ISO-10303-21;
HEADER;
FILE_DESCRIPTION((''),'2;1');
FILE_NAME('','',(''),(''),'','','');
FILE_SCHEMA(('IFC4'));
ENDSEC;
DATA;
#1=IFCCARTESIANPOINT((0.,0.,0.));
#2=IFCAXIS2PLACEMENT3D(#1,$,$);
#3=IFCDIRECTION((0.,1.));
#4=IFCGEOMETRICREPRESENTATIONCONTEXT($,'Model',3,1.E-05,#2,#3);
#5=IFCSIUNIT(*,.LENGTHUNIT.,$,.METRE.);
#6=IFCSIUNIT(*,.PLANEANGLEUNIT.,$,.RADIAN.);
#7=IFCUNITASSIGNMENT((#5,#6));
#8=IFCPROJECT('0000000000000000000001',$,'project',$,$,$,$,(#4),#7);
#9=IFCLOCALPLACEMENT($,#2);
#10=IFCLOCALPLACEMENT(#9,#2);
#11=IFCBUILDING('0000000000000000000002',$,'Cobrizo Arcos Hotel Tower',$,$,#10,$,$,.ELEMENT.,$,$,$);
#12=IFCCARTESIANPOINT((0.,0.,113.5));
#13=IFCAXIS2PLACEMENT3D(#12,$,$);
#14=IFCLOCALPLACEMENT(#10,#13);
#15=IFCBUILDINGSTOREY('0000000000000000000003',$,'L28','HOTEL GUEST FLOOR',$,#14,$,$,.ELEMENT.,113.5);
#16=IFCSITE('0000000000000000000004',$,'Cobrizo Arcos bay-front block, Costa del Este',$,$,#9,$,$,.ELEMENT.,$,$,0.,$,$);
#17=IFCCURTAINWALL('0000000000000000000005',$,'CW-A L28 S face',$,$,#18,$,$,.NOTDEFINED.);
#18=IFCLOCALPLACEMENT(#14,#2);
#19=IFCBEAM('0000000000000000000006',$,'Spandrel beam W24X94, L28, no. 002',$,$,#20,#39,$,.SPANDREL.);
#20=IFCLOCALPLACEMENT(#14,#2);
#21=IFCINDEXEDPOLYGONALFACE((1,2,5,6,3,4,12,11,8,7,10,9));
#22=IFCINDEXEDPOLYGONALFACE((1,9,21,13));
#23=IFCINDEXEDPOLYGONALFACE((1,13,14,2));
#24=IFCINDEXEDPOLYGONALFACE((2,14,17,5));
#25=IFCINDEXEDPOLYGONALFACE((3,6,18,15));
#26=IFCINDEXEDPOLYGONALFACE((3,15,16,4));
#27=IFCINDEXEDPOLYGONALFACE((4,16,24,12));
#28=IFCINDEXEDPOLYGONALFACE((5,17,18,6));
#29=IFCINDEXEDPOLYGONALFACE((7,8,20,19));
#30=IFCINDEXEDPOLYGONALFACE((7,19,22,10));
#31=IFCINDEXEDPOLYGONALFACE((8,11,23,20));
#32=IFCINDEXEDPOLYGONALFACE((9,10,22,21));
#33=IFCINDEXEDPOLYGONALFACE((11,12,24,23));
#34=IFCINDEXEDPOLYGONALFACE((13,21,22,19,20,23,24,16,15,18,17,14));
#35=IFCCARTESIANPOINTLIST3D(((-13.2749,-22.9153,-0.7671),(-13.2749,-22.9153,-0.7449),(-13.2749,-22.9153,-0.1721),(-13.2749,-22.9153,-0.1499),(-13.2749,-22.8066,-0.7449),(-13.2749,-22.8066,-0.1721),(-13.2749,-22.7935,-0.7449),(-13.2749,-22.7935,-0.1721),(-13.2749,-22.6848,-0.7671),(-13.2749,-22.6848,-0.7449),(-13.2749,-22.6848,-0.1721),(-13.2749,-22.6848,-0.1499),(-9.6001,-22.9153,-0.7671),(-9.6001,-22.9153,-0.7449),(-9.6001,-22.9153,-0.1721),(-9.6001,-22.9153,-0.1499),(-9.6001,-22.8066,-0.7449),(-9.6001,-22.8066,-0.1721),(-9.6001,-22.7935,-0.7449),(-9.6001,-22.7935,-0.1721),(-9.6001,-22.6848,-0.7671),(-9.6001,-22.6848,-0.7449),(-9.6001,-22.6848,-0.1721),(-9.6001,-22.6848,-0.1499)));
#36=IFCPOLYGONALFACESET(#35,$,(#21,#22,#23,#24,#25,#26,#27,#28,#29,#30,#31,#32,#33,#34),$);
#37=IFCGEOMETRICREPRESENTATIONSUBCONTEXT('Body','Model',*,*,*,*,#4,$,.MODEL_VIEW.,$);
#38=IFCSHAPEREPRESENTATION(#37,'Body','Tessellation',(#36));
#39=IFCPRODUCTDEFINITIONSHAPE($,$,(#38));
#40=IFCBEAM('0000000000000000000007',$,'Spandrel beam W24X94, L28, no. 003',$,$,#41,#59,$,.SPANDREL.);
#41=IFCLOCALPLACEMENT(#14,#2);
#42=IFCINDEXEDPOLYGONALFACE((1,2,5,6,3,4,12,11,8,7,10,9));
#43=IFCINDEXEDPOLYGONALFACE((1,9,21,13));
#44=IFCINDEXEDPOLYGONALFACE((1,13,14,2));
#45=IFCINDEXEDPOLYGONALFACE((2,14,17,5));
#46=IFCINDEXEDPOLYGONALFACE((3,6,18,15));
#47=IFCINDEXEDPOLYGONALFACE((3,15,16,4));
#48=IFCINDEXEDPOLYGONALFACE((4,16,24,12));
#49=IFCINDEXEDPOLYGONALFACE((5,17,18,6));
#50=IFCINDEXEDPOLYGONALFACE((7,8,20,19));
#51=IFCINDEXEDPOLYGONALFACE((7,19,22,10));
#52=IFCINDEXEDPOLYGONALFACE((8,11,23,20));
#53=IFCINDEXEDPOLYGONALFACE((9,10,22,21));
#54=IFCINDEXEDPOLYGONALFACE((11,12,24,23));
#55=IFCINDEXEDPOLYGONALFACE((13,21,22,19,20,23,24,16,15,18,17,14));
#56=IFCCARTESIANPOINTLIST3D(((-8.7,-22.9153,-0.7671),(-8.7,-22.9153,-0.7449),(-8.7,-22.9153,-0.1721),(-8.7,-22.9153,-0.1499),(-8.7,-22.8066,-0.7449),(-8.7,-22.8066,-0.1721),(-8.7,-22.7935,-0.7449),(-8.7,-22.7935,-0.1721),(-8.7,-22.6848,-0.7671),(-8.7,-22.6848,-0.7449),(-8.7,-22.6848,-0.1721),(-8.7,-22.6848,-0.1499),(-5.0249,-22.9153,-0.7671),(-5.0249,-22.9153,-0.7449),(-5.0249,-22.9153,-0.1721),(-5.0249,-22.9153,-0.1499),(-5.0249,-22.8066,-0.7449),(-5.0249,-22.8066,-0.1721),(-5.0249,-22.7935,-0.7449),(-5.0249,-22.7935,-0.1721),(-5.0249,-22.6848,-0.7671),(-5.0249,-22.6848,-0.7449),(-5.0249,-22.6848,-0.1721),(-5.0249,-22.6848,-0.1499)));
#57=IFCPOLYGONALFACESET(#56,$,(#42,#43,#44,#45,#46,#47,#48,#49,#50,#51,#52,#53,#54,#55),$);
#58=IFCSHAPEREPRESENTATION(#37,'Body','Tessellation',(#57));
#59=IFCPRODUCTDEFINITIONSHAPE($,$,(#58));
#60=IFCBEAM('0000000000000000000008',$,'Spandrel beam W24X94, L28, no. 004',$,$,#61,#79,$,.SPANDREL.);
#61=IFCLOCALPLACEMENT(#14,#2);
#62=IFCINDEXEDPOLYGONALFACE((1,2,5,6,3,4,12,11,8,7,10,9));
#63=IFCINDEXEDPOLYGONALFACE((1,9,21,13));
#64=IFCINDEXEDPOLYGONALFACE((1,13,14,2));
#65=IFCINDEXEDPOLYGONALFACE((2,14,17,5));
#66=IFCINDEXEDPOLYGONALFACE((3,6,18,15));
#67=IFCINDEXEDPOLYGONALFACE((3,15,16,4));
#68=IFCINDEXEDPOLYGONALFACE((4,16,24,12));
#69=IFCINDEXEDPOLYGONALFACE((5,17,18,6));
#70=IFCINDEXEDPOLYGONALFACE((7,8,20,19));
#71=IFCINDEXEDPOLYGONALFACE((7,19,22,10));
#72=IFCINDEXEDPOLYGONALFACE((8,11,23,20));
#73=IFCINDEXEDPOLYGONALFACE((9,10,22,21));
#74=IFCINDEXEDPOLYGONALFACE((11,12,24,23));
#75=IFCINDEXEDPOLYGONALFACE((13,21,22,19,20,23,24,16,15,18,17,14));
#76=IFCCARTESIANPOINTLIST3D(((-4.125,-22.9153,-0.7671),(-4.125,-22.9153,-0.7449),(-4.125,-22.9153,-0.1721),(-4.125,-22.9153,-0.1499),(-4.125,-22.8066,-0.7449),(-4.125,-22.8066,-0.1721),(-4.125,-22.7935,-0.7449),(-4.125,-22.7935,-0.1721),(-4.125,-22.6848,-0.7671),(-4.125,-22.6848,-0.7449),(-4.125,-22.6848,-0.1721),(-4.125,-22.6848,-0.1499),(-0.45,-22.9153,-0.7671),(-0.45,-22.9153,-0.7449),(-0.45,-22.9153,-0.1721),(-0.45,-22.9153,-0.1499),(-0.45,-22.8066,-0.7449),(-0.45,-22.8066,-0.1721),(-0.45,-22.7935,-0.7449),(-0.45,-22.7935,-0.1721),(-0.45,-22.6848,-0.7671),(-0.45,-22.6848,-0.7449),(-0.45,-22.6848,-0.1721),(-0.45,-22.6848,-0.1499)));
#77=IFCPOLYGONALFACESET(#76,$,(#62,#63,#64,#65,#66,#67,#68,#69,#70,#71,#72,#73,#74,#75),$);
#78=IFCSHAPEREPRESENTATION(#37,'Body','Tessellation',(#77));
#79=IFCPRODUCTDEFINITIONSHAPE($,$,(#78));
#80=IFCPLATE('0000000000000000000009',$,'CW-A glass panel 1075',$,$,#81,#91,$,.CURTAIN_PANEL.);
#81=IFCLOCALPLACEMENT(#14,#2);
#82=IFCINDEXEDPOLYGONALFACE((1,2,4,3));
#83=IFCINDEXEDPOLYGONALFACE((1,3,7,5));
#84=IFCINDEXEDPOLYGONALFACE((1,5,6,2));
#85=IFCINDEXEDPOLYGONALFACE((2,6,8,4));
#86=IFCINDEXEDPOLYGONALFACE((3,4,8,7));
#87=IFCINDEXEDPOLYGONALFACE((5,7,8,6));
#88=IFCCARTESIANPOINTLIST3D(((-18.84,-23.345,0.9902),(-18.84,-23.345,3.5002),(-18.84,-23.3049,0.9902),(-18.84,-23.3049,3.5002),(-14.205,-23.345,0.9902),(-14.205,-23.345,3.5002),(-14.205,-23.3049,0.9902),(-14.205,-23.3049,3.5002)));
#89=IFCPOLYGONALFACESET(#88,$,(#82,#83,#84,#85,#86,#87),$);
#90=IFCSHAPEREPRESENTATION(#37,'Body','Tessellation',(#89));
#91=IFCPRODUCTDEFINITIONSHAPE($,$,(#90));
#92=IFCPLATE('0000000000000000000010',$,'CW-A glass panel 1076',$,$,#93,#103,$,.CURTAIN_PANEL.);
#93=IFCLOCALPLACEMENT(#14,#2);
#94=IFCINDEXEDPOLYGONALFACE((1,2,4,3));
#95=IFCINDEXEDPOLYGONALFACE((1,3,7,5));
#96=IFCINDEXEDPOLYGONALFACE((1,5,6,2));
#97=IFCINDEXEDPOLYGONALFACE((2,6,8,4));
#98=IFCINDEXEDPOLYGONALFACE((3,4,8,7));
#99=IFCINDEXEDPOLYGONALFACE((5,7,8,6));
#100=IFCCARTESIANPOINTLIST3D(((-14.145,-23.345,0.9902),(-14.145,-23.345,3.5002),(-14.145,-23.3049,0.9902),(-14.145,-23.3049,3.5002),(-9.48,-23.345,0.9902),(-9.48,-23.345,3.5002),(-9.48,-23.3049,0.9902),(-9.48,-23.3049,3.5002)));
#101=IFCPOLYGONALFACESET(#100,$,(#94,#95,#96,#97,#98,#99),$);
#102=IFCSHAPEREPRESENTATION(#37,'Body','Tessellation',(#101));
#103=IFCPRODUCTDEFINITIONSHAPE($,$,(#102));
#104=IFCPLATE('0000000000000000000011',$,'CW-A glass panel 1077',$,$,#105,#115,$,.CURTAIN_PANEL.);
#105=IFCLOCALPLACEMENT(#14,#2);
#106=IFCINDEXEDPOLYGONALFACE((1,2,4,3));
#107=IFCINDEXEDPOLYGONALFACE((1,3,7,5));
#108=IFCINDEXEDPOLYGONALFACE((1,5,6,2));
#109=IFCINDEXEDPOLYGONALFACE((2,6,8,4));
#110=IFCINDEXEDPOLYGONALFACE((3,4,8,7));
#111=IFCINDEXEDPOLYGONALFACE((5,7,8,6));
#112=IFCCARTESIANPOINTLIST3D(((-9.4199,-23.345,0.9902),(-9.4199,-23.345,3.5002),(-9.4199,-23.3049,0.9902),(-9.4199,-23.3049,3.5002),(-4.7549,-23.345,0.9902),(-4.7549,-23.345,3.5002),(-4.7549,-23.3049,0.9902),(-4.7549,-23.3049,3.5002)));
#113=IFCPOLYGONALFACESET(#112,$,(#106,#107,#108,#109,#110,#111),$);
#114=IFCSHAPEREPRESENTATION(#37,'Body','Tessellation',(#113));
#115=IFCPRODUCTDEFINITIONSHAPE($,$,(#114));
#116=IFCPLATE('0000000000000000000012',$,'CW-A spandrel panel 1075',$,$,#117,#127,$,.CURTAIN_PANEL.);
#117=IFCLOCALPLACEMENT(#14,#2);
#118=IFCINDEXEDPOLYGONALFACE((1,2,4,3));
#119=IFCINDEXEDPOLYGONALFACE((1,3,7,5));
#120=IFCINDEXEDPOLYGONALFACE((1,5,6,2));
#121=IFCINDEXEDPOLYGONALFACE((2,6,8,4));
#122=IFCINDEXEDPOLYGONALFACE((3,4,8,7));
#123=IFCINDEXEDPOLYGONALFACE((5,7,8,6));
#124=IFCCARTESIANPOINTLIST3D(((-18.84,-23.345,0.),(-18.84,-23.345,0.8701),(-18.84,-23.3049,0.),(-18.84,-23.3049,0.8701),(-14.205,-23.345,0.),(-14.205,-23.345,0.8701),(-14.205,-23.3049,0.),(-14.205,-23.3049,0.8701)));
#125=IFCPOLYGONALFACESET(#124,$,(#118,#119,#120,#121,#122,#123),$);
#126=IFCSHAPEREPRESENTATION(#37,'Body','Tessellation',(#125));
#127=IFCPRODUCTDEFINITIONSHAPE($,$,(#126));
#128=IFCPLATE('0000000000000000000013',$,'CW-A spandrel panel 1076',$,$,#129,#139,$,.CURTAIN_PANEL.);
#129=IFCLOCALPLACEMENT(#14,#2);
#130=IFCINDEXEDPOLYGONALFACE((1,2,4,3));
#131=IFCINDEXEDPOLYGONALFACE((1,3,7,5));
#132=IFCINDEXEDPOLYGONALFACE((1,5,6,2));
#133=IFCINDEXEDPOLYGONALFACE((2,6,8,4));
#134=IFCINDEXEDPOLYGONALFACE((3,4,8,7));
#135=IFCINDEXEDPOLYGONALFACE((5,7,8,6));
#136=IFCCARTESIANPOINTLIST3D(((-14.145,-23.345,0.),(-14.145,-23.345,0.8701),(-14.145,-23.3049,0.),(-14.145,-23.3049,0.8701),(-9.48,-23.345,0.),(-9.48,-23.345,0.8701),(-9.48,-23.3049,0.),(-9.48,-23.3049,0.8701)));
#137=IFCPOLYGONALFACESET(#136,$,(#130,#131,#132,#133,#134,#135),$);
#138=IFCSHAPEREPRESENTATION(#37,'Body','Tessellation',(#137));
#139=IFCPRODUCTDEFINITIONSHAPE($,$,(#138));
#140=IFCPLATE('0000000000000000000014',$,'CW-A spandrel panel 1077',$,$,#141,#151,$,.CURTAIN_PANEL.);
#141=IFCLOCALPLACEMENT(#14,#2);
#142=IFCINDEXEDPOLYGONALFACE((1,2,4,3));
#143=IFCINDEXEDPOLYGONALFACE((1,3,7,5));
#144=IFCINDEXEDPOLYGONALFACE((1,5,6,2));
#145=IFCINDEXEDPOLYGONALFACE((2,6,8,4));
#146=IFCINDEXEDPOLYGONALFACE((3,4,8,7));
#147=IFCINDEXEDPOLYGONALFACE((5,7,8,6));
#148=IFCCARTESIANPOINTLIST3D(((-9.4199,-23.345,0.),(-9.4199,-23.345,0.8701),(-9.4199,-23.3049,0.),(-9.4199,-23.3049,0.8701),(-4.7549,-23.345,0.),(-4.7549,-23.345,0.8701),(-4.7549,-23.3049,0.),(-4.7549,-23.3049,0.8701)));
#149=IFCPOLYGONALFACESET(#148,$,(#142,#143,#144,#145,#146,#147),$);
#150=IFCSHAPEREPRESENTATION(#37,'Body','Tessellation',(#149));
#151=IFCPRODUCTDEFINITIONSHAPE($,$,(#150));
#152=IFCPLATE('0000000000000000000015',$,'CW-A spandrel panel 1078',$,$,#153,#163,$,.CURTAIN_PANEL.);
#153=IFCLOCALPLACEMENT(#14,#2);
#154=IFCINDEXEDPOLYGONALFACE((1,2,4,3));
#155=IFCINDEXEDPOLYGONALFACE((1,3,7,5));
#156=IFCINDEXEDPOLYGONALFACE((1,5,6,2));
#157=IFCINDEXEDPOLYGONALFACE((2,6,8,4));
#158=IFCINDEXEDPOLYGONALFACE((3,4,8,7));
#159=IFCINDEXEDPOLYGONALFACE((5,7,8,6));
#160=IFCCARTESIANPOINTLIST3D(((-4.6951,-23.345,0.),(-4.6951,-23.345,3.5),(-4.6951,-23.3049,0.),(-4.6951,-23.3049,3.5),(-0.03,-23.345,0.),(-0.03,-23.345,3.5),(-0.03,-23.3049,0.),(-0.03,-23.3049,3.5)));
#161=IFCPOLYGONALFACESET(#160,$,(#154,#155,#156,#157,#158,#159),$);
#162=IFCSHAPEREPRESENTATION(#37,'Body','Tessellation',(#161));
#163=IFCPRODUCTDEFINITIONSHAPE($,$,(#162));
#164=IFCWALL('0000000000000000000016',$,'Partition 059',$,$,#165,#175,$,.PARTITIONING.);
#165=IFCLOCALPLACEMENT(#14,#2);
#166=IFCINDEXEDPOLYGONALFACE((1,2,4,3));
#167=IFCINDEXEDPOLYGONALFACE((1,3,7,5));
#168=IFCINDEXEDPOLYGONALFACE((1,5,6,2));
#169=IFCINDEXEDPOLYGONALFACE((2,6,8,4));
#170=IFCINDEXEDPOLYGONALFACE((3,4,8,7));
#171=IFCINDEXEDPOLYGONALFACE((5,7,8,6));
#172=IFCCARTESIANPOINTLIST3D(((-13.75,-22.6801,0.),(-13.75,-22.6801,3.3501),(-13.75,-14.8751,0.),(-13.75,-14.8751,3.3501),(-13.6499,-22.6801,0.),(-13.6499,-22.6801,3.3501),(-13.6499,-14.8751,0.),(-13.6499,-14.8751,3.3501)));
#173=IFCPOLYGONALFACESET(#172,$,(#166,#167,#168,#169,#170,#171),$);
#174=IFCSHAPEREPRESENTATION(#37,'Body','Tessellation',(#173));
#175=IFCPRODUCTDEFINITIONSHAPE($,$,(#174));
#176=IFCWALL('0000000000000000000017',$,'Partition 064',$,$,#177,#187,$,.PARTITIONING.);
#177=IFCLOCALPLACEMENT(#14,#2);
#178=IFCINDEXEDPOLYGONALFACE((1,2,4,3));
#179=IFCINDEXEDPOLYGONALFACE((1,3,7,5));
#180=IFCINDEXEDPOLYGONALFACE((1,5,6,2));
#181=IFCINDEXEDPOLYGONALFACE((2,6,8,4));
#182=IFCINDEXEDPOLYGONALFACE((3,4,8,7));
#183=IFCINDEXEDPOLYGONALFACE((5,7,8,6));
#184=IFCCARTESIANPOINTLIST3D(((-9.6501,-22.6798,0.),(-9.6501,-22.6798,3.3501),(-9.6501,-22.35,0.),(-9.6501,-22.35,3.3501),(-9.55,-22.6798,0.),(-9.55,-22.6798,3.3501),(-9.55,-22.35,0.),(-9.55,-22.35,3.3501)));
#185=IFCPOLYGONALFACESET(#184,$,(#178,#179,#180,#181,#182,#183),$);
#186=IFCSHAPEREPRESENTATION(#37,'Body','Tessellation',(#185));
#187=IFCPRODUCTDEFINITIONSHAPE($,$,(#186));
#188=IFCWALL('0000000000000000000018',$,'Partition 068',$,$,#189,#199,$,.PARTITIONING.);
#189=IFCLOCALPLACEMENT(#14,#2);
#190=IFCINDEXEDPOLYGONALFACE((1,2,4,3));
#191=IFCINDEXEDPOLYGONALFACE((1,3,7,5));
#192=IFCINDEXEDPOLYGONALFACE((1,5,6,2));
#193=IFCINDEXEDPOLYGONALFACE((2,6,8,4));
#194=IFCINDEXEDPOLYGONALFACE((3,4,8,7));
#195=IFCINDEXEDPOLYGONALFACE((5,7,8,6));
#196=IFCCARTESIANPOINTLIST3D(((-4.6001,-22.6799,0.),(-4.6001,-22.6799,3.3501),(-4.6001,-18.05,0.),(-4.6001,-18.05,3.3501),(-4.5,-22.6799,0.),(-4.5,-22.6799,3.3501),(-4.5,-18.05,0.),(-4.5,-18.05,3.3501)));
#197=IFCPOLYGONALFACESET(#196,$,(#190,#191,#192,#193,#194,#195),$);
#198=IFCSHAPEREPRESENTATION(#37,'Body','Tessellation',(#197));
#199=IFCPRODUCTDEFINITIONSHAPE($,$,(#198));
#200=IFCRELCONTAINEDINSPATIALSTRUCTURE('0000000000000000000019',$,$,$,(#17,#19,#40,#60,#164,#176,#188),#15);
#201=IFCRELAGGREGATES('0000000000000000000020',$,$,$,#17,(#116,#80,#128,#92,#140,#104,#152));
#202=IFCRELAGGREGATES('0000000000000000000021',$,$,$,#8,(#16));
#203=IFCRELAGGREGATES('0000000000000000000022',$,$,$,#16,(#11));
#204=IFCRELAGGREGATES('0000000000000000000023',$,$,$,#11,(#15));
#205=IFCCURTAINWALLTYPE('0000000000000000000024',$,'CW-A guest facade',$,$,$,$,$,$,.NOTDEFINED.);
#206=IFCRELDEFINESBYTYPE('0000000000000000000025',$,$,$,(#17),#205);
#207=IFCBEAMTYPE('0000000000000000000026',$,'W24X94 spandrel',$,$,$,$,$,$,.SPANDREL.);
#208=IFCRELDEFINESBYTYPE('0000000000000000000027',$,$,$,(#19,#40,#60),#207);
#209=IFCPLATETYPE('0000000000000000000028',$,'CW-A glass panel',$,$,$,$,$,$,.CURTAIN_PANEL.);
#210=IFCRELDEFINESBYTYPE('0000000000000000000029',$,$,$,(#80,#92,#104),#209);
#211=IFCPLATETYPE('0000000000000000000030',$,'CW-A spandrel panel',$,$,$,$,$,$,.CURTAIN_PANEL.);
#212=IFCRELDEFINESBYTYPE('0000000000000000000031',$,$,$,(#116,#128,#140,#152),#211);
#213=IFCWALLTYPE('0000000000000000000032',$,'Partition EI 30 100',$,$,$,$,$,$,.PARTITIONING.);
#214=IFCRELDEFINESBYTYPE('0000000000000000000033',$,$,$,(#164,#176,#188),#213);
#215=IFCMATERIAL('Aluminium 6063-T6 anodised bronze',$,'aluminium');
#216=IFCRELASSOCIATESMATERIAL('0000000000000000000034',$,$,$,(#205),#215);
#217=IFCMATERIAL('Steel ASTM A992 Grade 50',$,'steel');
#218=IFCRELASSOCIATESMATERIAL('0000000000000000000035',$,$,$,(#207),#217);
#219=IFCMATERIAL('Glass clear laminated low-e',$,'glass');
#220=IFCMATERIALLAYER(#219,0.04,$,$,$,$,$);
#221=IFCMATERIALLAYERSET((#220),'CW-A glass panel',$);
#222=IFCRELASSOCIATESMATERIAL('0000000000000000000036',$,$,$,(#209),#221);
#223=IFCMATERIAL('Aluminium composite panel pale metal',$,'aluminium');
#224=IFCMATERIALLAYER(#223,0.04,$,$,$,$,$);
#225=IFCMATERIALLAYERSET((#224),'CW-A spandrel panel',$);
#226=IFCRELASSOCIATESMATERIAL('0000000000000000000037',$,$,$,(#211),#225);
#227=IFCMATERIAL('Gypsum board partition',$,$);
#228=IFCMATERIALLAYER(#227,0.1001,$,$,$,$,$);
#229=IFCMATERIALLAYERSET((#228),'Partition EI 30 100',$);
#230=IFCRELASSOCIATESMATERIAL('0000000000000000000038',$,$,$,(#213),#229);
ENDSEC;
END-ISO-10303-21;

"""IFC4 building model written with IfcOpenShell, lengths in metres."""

from ifc_helpers import new_model, si_unit, direction, frame, frame_2d, origin, origin_2d, place, context, subcontext, project, spatial, rectangle, i_section, extrude, material, layer, layer_set, material_profile, profile_set, type_object, element, aggregate, save


model = new_model("IFC4")

# Units and contexts
model_context = context("Model", 3, precision=1e-05, world=origin(), true_north=direction((0.0, 1.0)))
body_context = subcontext(model_context, "Body", "Model", "MODEL_VIEW")
ifc_project = project(units=[si_unit("LENGTHUNIT", "METRE"), si_unit("PLANEANGLEUNIT", "RADIAN")], contexts=[model_context])

# Site, building, storey
site_placement = place(None, origin())
site = spatial("IfcSite", under=ifc_project, at=site_placement, Name="Cobrizo Arcos bay-front block, Costa del Este", CompositionType="ELEMENT", RefElevation=0.0)
building_placement = place(site_placement, origin())
building = spatial("IfcBuilding", under=site, at=building_placement, Name="Cobrizo Arcos Hotel Tower", CompositionType="ELEMENT")
storey_placement = place(building_placement, frame((0.0, 0.0, 113.5)))
storey = spatial("IfcBuildingStorey", under=building, at=storey_placement, Name="L28", Description="HOTEL GUEST FLOOR", CompositionType="ELEMENT", Elevation=113.5)

# Curtain wall
ifc_material_1 = material(Name="Aluminium 6063-T6 anodised bronze", Category="aluminium")
curtain_wall_type = type_object("IfcCurtainWallType", Name="CW-A guest facade", PredefinedType="NOTDEFINED", material=ifc_material_1)
curtain_wall_placement = place(storey_placement, origin())
curtain_wall = element("IfcCurtainWall", 1, at=curtain_wall_placement, inside=storey, type_object=curtain_wall_type, Name="CW-A L28 S face", PredefinedType="NOTDEFINED")

# Beams
ifc_material_2 = material(Name="Steel ASTM A992 Grade 50", Category="steel")
ifc_material_profile_1 = material_profile(ifc_material_2, i_section(OverallWidth=0.2305, OverallDepth=0.6172, WebThickness=0.0132, FlangeThickness=0.0222, at=origin_2d()), Name="W24X94")
ifc_profile_set_1 = profile_set([ifc_material_profile_1], Name="Steel ASTM A992 Grade 50")
beam_type_1 = type_object("IfcBeamType", Name="W24X94 spandrel", PredefinedType="SPANDREL", material=ifc_profile_set_1)
beam_1_placement = place(storey_placement, frame((-13.2749, -22.8, -0.4585), z_axis=(1.0, 0.0, 0.0), x_axis=(0.0, 1.0, 0.0)))
element("IfcBeam", 2, at=beam_1_placement, inside=storey, type_object=beam_type_1, Name="Spandrel beam W24X94, L28, no. 002", PredefinedType="SPANDREL", context=body_context, shape_type="SweptSolid", body=[
    extrude(i_section(OverallWidth=0.2305, OverallDepth=0.6172, WebThickness=0.0132, FlangeThickness=0.0222, at=origin_2d()), origin(), (0.0, 0.0, 1.0), 3.6748),
])
for number, where, z_axis, x_axis, name in (
    (3, (-8.7, -22.8, -0.4585), (1.0, 0.0, 0.0), (0.0, 1.0, 0.0), "Spandrel beam W24X94, L28, no. 003"),
    (4, (-4.125, -22.8, -0.4585), (1.0, 0.0, 0.0), (0.0, 1.0, 0.0), "Spandrel beam W24X94, L28, no. 004"),
):
    element("IfcBeam", number, at=place(storey_placement, frame(where, z_axis=z_axis, x_axis=x_axis)), inside=storey, type_object=beam_type_1, Name=name, PredefinedType="SPANDREL", context=body_context, shape_type="SweptSolid", body=[
        extrude(i_section(OverallWidth=0.2305, OverallDepth=0.6172, WebThickness=0.0132, FlangeThickness=0.0222, at=origin_2d()), origin(), (0.0, 0.0, 1.0), 3.675),
    ])

# Plates
ifc_material_3 = material(Name="Glass clear laminated low-e", Category="glass")
ifc_layer_1 = layer(ifc_material_3, 0.04)
ifc_layer_set_1 = layer_set([ifc_layer_1], Name="CW-A glass panel")
plate_type_1 = type_object("IfcPlateType", Name="CW-A glass panel", PredefinedType="CURTAIN_PANEL", material=ifc_layer_set_1)
plate_1_placement = place(storey_placement, frame((-16.5225, -23.325, 0.9902), z_axis=(0.0, 0.0, 1.0), x_axis=(1.0, 0.0, 0.0)))
plate_1 = element("IfcPlate", 5, at=plate_1_placement, type_object=plate_type_1, Name="CW-A glass panel 1075", PredefinedType="CURTAIN_PANEL", context=body_context, shape_type="SweptSolid", body=[
    extrude(rectangle(XDim=4.635, YDim=0.04, at=origin_2d()), origin(), (0.0, 0.0, 1.0), 2.51),
])
plate_2_placement = place(storey_placement, frame((-11.8125, -23.325, 0.9902), z_axis=(0.0, 0.0, 1.0), x_axis=(1.0, 0.0, 0.0)))
plate_2 = element("IfcPlate", 6, at=plate_2_placement, type_object=plate_type_1, Name="CW-A glass panel 1076", PredefinedType="CURTAIN_PANEL", context=body_context, shape_type="SweptSolid", body=[
    extrude(rectangle(XDim=4.665, YDim=0.04, at=origin_2d()), origin(), (0.0, 0.0, 1.0), 2.51),
])
plate_3_placement = place(storey_placement, frame((-7.0874, -23.325, 0.9902), z_axis=(0.0, 0.0, 1.0), x_axis=(1.0, 0.0, 0.0)))
plate_3 = element("IfcPlate", 7, at=plate_3_placement, type_object=plate_type_1, Name="CW-A glass panel 1077", PredefinedType="CURTAIN_PANEL", context=body_context, shape_type="SweptSolid", body=[
    extrude(rectangle(XDim=4.665, YDim=0.04, at=origin_2d()), origin(), (0.0, 0.0, 1.0), 2.51),
])
ifc_material_4 = material(Name="Aluminium composite panel pale metal", Category="aluminium")
ifc_layer_2 = layer(ifc_material_4, 0.04)
ifc_layer_set_2 = layer_set([ifc_layer_2], Name="CW-A spandrel panel")
plate_type_2 = type_object("IfcPlateType", Name="CW-A spandrel panel", PredefinedType="CURTAIN_PANEL", material=ifc_layer_set_2)
plate_4_placement = place(storey_placement, frame((-16.5225, -23.325, 0.0), z_axis=(0.0, 0.0, 1.0), x_axis=(1.0, 0.0, 0.0)))
plate_4 = element("IfcPlate", 8, at=plate_4_placement, type_object=plate_type_2, Name="CW-A spandrel panel 1075", PredefinedType="CURTAIN_PANEL", context=body_context, shape_type="SweptSolid", body=[
    extrude(rectangle(XDim=4.635, YDim=0.04, at=origin_2d()), origin(), (0.0, 0.0, 1.0), 0.8701),
])
plate_5_placement = place(storey_placement, frame((-11.8125, -23.325, 0.0), z_axis=(0.0, 0.0, 1.0), x_axis=(1.0, 0.0, 0.0)))
plate_5 = element("IfcPlate", 9, at=plate_5_placement, type_object=plate_type_2, Name="CW-A spandrel panel 1076", PredefinedType="CURTAIN_PANEL", context=body_context, shape_type="SweptSolid", body=[
    extrude(rectangle(XDim=4.665, YDim=0.04, at=origin_2d()), origin(), (0.0, 0.0, 1.0), 0.8701),
])
plate_6_placement = place(storey_placement, frame((-7.0874, -23.325, 0.0), z_axis=(0.0, 0.0, 1.0), x_axis=(1.0, 0.0, 0.0)))
plate_6 = element("IfcPlate", 10, at=plate_6_placement, type_object=plate_type_2, Name="CW-A spandrel panel 1077", PredefinedType="CURTAIN_PANEL", context=body_context, shape_type="SweptSolid", body=[
    extrude(rectangle(XDim=4.665, YDim=0.04, at=origin_2d()), origin(), (0.0, 0.0, 1.0), 0.8701),
])
plate_7_placement = place(storey_placement, frame((-2.3625, -23.325, 0.0), z_axis=(0.0, 0.0, 1.0), x_axis=(1.0, 0.0, 0.0)))
plate_7 = element("IfcPlate", 11, at=plate_7_placement, type_object=plate_type_2, Name="CW-A spandrel panel 1078", PredefinedType="CURTAIN_PANEL", context=body_context, shape_type="SweptSolid", body=[
    extrude(rectangle(XDim=4.665, YDim=0.04, at=origin_2d()), origin(), (0.0, 0.0, 1.0), 3.5),
])
aggregate(curtain_wall, [plate_4, plate_1, plate_5, plate_2, plate_6, plate_3, plate_7])

# Walls
ifc_material_5 = material(Name="Gypsum board partition")
ifc_layer_3 = layer(ifc_material_5, 0.1001)
ifc_layer_set_3 = layer_set([ifc_layer_3], Name="Partition EI 30 100")
wall_type = type_object("IfcWallType", Name="Partition EI 30 100", PredefinedType="PARTITIONING", material=ifc_layer_set_3)
wall_1_placement = place(storey_placement, frame((-13.7, -22.6799, 0.0), z_axis=(0.0, 0.0, 1.0), x_axis=(0.0, 1.0, 0.0)))
element("IfcWall", 12, at=wall_1_placement, inside=storey, type_object=wall_type, Name="Partition 059", PredefinedType="PARTITIONING", context=body_context, shape_type="SweptSolid", body=[
    extrude(rectangle(XDim=7.8049, YDim=0.1001, at=frame_2d((3.9023, 0.0))), origin(), (0.0, 0.0, 1.0), 3.3501),
])
wall_2_placement = place(storey_placement, frame((-9.6001, -22.6799, 0.0), z_axis=(0.0, 0.0, 1.0), x_axis=(0.0, 1.0, 0.0)))
element("IfcWall", 13, at=wall_2_placement, inside=storey, type_object=wall_type, Name="Partition 064", PredefinedType="PARTITIONING", context=body_context, shape_type="SweptSolid", body=[
    extrude(rectangle(XDim=0.3298, YDim=0.1001, at=frame_2d((0.165, 0.0))), origin(), (0.0, 0.0, 1.0), 3.3501),
])
wall_3_placement = place(storey_placement, frame((-4.55, -22.6799, 0.0), z_axis=(0.0, 0.0, 1.0), x_axis=(0.0, 1.0, 0.0)))
element("IfcWall", 14, at=wall_3_placement, inside=storey, type_object=wall_type, Name="Partition 068", PredefinedType="PARTITIONING", context=body_context, shape_type="SweptSolid", body=[
    extrude(rectangle(XDim=4.6299, YDim=0.1001, at=frame_2d((2.3149, 0.0))), origin(), (0.0, 0.0, 1.0), 3.3501),
])

save(model, "model.ifc")
